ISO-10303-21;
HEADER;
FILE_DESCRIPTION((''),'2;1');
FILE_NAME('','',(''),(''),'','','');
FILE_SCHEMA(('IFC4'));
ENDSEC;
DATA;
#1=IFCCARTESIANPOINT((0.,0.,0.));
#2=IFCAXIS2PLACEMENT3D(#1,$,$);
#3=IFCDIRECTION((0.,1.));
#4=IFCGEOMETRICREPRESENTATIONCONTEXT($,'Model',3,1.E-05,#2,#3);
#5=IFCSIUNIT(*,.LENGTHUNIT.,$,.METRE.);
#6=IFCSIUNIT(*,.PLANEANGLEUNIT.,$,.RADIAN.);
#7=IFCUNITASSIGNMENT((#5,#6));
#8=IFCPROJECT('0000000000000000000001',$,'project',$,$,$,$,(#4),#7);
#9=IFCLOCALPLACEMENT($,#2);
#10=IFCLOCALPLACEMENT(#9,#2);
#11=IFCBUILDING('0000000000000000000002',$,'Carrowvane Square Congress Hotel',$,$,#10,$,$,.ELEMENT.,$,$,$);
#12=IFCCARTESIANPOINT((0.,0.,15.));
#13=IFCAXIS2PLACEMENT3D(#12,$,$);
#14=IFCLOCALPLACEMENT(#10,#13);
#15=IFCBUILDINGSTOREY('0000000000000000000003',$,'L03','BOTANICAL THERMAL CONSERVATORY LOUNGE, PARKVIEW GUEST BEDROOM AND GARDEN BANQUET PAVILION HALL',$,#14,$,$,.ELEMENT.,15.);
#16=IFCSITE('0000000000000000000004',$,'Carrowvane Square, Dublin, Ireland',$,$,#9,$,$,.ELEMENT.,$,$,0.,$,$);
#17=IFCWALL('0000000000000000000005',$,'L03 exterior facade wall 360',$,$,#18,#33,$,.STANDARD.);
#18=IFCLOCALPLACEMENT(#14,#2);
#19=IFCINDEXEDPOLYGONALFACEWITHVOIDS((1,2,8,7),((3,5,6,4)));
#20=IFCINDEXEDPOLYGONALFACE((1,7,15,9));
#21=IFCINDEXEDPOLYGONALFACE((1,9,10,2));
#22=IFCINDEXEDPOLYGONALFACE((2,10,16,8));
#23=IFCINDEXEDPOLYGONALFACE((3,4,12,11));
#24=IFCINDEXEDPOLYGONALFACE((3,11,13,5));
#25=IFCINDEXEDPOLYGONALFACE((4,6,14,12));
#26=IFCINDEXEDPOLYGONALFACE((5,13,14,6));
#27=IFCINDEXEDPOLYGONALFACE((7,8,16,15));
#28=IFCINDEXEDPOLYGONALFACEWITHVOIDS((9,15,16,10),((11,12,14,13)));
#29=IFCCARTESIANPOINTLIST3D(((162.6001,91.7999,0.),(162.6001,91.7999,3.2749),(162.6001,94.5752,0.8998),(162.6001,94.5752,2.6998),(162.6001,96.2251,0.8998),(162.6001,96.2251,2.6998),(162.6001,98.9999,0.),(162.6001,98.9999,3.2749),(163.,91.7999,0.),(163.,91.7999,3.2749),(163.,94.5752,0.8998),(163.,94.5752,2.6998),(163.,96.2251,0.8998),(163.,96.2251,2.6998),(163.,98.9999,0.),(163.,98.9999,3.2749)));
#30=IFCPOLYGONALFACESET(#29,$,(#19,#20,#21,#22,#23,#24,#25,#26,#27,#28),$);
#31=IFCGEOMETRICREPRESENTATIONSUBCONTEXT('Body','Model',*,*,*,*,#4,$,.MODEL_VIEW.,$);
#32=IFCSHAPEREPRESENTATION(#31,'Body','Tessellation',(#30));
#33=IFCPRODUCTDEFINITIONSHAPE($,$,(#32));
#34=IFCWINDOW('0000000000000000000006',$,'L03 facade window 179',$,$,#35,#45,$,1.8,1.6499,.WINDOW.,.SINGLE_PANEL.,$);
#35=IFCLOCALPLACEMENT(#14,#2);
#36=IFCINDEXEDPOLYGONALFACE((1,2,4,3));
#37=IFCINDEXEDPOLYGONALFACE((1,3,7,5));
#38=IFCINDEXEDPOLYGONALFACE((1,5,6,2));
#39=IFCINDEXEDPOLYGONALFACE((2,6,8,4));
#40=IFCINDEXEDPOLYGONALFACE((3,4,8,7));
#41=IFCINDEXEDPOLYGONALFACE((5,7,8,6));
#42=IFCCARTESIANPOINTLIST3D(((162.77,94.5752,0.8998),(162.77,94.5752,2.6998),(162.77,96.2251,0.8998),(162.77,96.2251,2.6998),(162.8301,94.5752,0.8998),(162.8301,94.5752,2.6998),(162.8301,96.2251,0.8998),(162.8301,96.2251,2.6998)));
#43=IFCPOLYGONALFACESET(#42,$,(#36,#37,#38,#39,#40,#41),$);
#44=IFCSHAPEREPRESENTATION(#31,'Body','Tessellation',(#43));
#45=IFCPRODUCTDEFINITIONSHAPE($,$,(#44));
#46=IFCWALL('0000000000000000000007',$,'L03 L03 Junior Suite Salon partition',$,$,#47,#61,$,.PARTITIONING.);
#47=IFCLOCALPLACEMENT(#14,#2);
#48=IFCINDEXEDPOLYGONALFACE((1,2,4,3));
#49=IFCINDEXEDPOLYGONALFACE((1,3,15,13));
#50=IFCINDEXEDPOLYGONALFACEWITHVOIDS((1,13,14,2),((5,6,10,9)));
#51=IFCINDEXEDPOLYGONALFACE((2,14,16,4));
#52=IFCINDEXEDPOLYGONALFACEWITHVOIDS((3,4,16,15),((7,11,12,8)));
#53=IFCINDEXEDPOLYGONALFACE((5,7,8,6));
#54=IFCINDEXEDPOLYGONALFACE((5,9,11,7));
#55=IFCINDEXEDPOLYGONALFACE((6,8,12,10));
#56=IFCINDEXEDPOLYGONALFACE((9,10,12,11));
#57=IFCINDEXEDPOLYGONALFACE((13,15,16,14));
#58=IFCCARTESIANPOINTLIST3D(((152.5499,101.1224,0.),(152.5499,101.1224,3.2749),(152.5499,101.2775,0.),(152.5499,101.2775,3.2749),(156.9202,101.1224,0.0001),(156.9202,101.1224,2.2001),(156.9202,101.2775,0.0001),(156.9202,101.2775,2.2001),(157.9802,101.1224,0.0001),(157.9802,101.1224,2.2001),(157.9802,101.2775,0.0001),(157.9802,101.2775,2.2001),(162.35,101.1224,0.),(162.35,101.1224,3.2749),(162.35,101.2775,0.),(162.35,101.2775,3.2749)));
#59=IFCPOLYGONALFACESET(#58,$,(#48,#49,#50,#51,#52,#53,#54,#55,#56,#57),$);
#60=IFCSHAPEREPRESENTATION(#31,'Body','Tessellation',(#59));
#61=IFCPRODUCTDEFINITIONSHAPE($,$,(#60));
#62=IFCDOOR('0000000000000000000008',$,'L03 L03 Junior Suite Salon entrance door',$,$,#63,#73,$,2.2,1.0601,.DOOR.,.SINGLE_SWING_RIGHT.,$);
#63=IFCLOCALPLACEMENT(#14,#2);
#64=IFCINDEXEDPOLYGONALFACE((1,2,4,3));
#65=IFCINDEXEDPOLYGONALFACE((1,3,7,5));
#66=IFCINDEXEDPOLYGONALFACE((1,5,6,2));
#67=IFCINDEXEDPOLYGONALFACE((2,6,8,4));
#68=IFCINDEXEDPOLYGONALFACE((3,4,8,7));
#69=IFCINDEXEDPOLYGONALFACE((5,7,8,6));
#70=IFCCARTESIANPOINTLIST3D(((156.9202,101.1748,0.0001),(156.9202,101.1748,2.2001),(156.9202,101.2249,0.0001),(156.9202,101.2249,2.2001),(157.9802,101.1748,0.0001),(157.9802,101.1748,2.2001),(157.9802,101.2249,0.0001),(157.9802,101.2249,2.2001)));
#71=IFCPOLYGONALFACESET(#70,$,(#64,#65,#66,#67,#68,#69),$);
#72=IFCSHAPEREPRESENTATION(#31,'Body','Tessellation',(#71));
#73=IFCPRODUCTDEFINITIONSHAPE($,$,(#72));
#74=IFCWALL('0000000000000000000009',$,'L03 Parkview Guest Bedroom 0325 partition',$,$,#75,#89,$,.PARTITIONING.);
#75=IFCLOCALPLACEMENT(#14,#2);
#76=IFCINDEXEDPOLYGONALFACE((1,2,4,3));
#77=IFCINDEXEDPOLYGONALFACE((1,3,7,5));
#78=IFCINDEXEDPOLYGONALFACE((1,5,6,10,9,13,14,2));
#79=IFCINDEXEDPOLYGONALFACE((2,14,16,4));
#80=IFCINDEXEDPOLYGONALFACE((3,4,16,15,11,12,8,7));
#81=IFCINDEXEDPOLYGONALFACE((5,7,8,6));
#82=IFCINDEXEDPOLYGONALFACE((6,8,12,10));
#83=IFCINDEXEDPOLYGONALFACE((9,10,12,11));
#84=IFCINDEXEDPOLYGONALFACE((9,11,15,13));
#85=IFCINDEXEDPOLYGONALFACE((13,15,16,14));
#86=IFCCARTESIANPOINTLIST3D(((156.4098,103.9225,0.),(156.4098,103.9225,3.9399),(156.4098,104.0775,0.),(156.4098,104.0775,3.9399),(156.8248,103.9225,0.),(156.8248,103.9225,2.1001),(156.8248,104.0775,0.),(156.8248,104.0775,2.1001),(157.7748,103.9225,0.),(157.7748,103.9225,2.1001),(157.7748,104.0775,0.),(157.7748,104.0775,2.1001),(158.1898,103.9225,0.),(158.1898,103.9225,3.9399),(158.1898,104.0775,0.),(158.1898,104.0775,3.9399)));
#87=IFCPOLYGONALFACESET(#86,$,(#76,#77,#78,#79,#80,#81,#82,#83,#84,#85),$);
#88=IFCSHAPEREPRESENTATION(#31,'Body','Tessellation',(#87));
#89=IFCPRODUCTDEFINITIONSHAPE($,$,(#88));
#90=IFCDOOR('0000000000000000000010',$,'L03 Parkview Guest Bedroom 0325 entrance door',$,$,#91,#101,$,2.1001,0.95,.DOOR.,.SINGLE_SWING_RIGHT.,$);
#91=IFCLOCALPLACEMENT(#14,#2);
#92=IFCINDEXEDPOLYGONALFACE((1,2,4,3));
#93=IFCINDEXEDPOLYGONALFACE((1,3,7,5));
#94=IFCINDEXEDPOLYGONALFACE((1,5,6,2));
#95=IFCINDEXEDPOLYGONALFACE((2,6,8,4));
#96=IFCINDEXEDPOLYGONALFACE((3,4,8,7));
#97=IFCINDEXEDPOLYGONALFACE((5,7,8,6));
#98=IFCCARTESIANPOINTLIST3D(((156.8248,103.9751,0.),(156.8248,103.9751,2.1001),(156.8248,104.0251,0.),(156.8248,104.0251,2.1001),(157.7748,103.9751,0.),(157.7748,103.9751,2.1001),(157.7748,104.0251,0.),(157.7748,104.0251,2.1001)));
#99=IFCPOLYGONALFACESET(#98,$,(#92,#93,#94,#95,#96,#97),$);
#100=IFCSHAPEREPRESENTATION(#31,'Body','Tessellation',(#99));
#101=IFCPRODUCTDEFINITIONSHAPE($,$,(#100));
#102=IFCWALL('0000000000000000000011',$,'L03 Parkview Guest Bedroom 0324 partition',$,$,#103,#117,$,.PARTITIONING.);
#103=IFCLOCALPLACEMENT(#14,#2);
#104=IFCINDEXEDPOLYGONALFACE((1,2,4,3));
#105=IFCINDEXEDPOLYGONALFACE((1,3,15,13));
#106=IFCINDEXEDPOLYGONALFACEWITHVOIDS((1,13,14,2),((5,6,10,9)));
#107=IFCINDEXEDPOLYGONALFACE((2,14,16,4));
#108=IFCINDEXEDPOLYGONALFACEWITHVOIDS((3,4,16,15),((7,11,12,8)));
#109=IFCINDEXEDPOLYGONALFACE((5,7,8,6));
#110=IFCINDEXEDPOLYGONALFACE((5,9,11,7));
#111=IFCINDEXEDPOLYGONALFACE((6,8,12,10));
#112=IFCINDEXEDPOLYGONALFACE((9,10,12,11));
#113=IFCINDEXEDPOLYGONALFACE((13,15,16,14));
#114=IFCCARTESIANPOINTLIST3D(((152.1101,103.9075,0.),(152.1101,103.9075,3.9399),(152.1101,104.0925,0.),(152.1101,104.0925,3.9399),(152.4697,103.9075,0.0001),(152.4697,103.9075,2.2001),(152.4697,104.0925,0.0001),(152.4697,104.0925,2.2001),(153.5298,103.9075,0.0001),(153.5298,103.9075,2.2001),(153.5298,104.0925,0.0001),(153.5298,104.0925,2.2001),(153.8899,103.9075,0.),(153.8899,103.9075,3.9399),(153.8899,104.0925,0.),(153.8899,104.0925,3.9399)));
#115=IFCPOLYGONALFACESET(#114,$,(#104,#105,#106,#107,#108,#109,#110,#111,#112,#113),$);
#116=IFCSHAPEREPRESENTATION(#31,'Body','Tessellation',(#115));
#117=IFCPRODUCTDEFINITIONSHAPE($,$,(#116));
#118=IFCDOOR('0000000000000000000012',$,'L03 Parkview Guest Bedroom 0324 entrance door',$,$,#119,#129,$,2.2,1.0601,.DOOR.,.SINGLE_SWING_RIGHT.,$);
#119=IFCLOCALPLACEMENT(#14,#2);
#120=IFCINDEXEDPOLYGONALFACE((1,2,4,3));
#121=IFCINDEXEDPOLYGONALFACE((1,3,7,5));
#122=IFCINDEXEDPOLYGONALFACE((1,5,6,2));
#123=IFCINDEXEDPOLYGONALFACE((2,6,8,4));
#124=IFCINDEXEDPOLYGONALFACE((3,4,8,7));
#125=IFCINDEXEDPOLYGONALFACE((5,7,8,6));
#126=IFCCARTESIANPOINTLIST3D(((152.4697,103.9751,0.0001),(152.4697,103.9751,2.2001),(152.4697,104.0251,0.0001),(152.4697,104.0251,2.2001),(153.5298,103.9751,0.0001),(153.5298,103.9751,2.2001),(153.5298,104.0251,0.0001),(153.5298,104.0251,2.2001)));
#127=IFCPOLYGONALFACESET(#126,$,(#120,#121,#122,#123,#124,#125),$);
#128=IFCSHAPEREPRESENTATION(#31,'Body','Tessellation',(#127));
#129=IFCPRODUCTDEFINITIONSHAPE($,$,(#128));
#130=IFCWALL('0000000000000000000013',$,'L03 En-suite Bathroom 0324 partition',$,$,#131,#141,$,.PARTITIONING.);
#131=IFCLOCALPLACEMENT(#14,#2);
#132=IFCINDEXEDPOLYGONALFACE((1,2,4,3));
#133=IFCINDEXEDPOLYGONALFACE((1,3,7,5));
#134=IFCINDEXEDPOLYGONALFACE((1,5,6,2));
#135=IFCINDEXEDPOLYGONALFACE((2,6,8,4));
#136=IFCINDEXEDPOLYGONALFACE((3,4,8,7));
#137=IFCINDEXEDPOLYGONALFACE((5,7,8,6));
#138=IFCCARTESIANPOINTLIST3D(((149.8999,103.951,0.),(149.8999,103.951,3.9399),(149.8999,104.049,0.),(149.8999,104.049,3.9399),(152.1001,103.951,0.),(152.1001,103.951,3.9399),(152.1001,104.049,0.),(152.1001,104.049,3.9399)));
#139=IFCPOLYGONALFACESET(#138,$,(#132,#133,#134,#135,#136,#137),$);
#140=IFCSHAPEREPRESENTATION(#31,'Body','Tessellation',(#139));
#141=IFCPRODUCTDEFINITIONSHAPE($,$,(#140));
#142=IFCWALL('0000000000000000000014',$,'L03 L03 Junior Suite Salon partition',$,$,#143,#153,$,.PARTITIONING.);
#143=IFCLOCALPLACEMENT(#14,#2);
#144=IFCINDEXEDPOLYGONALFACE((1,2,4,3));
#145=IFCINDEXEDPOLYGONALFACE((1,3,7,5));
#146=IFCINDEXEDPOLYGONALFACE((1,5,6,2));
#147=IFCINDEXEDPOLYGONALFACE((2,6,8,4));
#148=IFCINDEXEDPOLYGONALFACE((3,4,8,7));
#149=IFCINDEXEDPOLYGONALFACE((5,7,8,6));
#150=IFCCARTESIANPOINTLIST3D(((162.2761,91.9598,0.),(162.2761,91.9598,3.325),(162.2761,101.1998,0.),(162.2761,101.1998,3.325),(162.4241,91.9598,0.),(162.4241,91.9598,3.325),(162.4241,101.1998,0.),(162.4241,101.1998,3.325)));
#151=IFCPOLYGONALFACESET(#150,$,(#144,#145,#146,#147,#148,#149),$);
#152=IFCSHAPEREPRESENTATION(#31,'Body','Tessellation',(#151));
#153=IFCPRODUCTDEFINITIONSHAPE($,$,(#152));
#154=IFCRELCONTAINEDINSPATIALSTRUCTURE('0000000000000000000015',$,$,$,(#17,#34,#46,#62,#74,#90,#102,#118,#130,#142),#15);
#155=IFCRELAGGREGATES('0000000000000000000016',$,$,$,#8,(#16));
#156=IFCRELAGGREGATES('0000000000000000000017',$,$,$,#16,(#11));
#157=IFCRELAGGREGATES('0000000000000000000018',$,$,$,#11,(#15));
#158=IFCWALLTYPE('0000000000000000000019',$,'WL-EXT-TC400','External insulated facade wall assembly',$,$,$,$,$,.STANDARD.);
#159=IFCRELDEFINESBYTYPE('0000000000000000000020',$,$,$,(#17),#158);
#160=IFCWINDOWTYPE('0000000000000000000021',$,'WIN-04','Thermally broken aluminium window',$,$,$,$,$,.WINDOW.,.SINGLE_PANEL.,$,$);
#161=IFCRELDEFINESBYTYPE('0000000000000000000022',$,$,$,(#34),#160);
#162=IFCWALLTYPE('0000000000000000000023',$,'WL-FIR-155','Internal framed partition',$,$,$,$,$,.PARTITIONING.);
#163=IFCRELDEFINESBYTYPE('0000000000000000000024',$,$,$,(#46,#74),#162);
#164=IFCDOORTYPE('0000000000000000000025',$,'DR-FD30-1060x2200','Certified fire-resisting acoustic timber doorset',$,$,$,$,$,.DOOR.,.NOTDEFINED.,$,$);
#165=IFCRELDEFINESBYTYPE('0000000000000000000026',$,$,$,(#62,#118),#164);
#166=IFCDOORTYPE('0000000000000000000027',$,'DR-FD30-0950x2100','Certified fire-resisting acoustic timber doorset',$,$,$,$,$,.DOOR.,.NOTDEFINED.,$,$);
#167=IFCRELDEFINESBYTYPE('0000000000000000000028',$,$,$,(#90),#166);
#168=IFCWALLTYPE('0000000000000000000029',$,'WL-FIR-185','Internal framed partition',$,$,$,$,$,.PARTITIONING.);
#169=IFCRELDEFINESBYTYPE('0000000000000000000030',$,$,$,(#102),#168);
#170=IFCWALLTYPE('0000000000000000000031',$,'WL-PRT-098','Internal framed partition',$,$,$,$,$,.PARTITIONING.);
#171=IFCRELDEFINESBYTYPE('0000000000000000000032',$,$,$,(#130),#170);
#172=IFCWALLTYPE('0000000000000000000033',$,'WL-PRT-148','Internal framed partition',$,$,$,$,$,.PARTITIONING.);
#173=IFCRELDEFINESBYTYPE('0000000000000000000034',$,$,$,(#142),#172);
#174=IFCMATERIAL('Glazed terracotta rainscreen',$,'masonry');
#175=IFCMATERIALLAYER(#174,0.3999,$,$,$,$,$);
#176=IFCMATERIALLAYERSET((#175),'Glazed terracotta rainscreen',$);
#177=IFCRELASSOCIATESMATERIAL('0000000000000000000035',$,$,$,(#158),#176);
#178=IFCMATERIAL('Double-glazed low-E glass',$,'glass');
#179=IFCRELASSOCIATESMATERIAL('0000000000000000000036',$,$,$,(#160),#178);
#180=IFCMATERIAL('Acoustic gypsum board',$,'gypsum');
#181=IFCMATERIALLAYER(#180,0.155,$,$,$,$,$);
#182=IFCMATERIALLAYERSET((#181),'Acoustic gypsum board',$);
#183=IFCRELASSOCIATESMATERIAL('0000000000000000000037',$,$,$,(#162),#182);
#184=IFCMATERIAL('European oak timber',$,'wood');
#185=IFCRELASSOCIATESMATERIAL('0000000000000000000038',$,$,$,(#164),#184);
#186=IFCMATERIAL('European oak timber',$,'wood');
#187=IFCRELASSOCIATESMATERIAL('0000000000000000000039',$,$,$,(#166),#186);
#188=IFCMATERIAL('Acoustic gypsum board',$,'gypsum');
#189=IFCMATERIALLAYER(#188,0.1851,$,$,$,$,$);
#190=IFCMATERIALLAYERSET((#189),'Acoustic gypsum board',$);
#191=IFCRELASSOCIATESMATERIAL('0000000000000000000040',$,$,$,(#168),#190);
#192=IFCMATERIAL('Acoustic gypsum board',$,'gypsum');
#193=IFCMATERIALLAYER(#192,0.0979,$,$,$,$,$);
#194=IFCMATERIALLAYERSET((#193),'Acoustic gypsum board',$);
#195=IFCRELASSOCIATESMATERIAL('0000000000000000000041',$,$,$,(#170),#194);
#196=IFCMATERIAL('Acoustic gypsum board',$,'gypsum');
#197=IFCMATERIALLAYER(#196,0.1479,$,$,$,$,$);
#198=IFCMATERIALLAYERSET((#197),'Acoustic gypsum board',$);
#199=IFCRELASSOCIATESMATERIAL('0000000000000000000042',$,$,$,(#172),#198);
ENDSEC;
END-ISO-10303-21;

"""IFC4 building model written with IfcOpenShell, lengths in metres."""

from ifc_helpers import new_model, si_unit, direction, frame, frame_2d, origin, place, context, subcontext, project, spatial, rectangle, extrude, material, layer, layer_set, type_object, element, fill, save


model = new_model("IFC4")

# Units and contexts
model_context = context("Model", 3, precision=1e-05, world=origin(), true_north=direction((0.0, 1.0)))
body_context = subcontext(model_context, "Body", "Model", "MODEL_VIEW")
ifc_project = project(units=[si_unit("LENGTHUNIT", "METRE"), si_unit("PLANEANGLEUNIT", "RADIAN")], contexts=[model_context])

# Site, building, storey
site_placement = place(None, origin())
site = spatial("IfcSite", under=ifc_project, at=site_placement, Name="Carrowvane Square, Dublin, Ireland", CompositionType="ELEMENT", RefElevation=0.0)
building_placement = place(site_placement, origin())
building = spatial("IfcBuilding", under=site, at=building_placement, Name="Carrowvane Square Congress Hotel", CompositionType="ELEMENT")
storey_placement = place(building_placement, frame((0.0, 0.0, 15.0)))
storey = spatial("IfcBuildingStorey", under=building, at=storey_placement, Name="L03", Description="BOTANICAL THERMAL CONSERVATORY LOUNGE, PARKVIEW GUEST BEDROOM AND GARDEN BANQUET PAVILION HALL", CompositionType="ELEMENT", Elevation=15.0)

# Wall, opening, window
ifc_material_1 = material(Name="Glazed terracotta rainscreen", Category="masonry")
ifc_layer_1 = layer(ifc_material_1, 0.3999)
ifc_layer_set_1 = layer_set([ifc_layer_1], Name="Glazed terracotta rainscreen")
wall_type_1 = type_object("IfcWallType", Name="WL-EXT-TC400", Description="External insulated facade wall assembly", PredefinedType="STANDARD", material=ifc_layer_set_1)
wall_1_placement = place(storey_placement, frame((162.8, 99.0, 0.0), z_axis=(0.0, 0.0, 1.0), x_axis=(0.0, -1.0, 0.0)))
wall_1 = element("IfcWall", 1, at=wall_1_placement, inside=storey, type_object=wall_type_1, Name="L03 exterior facade wall 360", PredefinedType="STANDARD", context=body_context, shape_type="SweptSolid", body=[
    extrude(rectangle(XDim=7.2, YDim=0.3999, at=frame_2d((3.6001, 0.0))), origin(), (0.0, 0.0, 1.0), 3.2749),
])
opening_1_placement = place(wall_1_placement, frame((2.7749, 0.0, 0.8999)))
opening_1 = element("IfcOpeningElement", 2, at=opening_1_placement, cuts=wall_1, PredefinedType="OPENING", context=body_context, shape_type="SweptSolid", body=[
    extrude(rectangle(XDim=1.6499, YDim=1.8, at=frame_2d((0.825, 0.8999))), frame((0.0, 0.21, 0.0), z_axis=(0.0, -1.0, 0.0), x_axis=(1.0, 0.0, 0.0)), (0.0, 0.0, 1.0), 0.4199),
])
ifc_material_2 = material(Name="Double-glazed low-E glass", Category="glass")
window_type = type_object("IfcWindowType", Name="WIN-04", Description="Thermally broken aluminium window", PartitioningType="SINGLE_PANEL", PredefinedType="WINDOW", material=ifc_material_2)
window_placement = place(opening_1_placement, origin())
window = element("IfcWindow", 3, at=window_placement, inside=storey, type_object=window_type, Name="L03 facade window 179", OverallHeight=1.8, OverallWidth=1.6499, PartitioningType="SINGLE_PANEL", PredefinedType="WINDOW", context=body_context, shape_type="SweptSolid", body=[
    extrude(rectangle(XDim=1.6499, YDim=1.8, at=frame_2d((0.825, 0.8999))), frame((0.0, 0.03, 0.0), z_axis=(0.0, -1.0, 0.0), x_axis=(1.0, 0.0, 0.0)), (0.0, 0.0, 1.0), 0.0601),
])
fill(opening_1, window)

# Walls, openings, doors
ifc_material_3 = material(Name="Acoustic gypsum board", Category="gypsum")
ifc_layer_2 = layer(ifc_material_3, 0.155)
ifc_layer_set_2 = layer_set([ifc_layer_2], Name="Acoustic gypsum board")
wall_type_2 = type_object("IfcWallType", Name="WL-FIR-155", Description="Internal framed partition", PredefinedType="PARTITIONING", material=ifc_layer_set_2)
wall_2_placement = place(storey_placement, frame((152.55, 101.2, 0.0), z_axis=(0.0, 0.0, 1.0), x_axis=(1.0, 0.0, 0.0)))
wall_2 = element("IfcWall", 4, at=wall_2_placement, inside=storey, type_object=wall_type_2, Name="L03 L03 Junior Suite Salon partition", PredefinedType="PARTITIONING", context=body_context, shape_type="SweptSolid", body=[
    extrude(rectangle(XDim=9.8, YDim=0.155, at=frame_2d((4.8999, 0.0))), origin(), (0.0, 0.0, 1.0), 3.2749),
])
opening_2_placement = place(wall_2_placement, frame((4.3701, 0.0, 0.0)))
opening_2 = element("IfcOpeningElement", 5, at=opening_2_placement, cuts=wall_2, PredefinedType="OPENING", context=body_context, shape_type="SweptSolid", body=[
    extrude(rectangle(XDim=1.0601, YDim=2.2, at=frame_2d((0.53, 1.1001))), frame((0.0, 0.0874, 0.0), z_axis=(0.0, -1.0, 0.0), x_axis=(1.0, 0.0, 0.0)), (0.0, 0.0, 1.0), 0.175),
])
ifc_material_4 = material(Name="European oak timber", Category="wood")
door_type_1 = type_object("IfcDoorType", Name="DR-FD30-1060x2200", Description="Certified fire-resisting acoustic timber doorset", OperationType="NOTDEFINED", PredefinedType="DOOR", material=ifc_material_4)
door_1_placement = place(opening_2_placement, origin())
door_1 = element("IfcDoor", 6, at=door_1_placement, inside=storey, type_object=door_type_1, Name="L03 L03 Junior Suite Salon entrance door", OperationType="SINGLE_SWING_RIGHT", OverallHeight=2.2, OverallWidth=1.0601, PredefinedType="DOOR", context=body_context, shape_type="SweptSolid", body=[
    extrude(rectangle(XDim=1.0601, YDim=2.2, at=frame_2d((0.53, 1.1001))), frame((0.0, 0.0249, 0.0), z_axis=(0.0, -1.0, 0.0), x_axis=(1.0, 0.0, 0.0)), (0.0, 0.0, 1.0), 0.05),
])
fill(opening_2, door_1)
wall_3_placement = place(storey_placement, frame((158.1899, 104.0, 0.0), z_axis=(0.0, 0.0, 1.0), x_axis=(-1.0, 0.0, 0.0)))
wall_3 = element("IfcWall", 7, at=wall_3_placement, inside=storey, type_object=wall_type_2, Name="L03 Parkview Guest Bedroom 0325 partition", PredefinedType="PARTITIONING", context=body_context, shape_type="SweptSolid", body=[
    extrude(rectangle(XDim=1.78, YDim=0.155, at=frame_2d((0.8901, 0.0))), origin(), (0.0, 0.0, 1.0), 3.9399),
])
opening_3_placement = place(wall_3_placement, frame((0.415, 0.0, 0.0)))
opening_3 = element("IfcOpeningElement", 8, at=opening_3_placement, cuts=wall_3, PredefinedType="OPENING", context=body_context, shape_type="SweptSolid", body=[
    extrude(rectangle(XDim=0.95, YDim=2.1001, at=frame_2d((0.4751, 1.05))), frame((0.0, 0.0874, 0.0), z_axis=(0.0, -1.0, 0.0), x_axis=(1.0, 0.0, 0.0)), (0.0, 0.0, 1.0), 0.175),
])
ifc_material_5 = material(Name="European oak timber", Category="wood")
door_type_2 = type_object("IfcDoorType", Name="DR-FD30-0950x2100", Description="Certified fire-resisting acoustic timber doorset", OperationType="NOTDEFINED", PredefinedType="DOOR", material=ifc_material_5)
door_2_placement = place(opening_3_placement, origin())
door_2 = element("IfcDoor", 9, at=door_2_placement, inside=storey, type_object=door_type_2, Name="L03 Parkview Guest Bedroom 0325 entrance door", OperationType="SINGLE_SWING_RIGHT", OverallHeight=2.1001, OverallWidth=0.95, PredefinedType="DOOR", context=body_context, shape_type="SweptSolid", body=[
    extrude(rectangle(XDim=0.95, YDim=2.1001, at=frame_2d((0.4751, 1.05))), frame((0.0, 0.0249, 0.0), z_axis=(0.0, -1.0, 0.0), x_axis=(1.0, 0.0, 0.0)), (0.0, 0.0, 1.0), 0.05),
])
fill(opening_3, door_2)
ifc_material_6 = material(Name="Acoustic gypsum board", Category="gypsum")
ifc_layer_3 = layer(ifc_material_6, 0.1851)
ifc_layer_set_3 = layer_set([ifc_layer_3], Name="Acoustic gypsum board")
wall_type_3 = type_object("IfcWallType", Name="WL-FIR-185", Description="Internal framed partition", PredefinedType="PARTITIONING", material=ifc_layer_set_3)
wall_4_placement = place(storey_placement, frame((153.8899, 104.0, 0.0), z_axis=(0.0, 0.0, 1.0), x_axis=(-1.0, 0.0, 0.0)))
wall_4 = element("IfcWall", 10, at=wall_4_placement, inside=storey, type_object=wall_type_3, Name="L03 Parkview Guest Bedroom 0324 partition", PredefinedType="PARTITIONING", context=body_context, shape_type="SweptSolid", body=[
    extrude(rectangle(XDim=1.7798, YDim=0.1851, at=frame_2d((0.8899, 0.0))), origin(), (0.0, 0.0, 1.0), 3.9399),
])
opening_4_placement = place(wall_4_placement, frame((0.3601, 0.0, 0.0)))
opening_4 = element("IfcOpeningElement", 11, at=opening_4_placement, cuts=wall_4, PredefinedType="OPENING", context=body_context, shape_type="SweptSolid", body=[
    extrude(rectangle(XDim=1.0601, YDim=2.2, at=frame_2d((0.53, 1.1001))), frame((0.0, 0.1025, 0.0), z_axis=(0.0, -1.0, 0.0), x_axis=(1.0, 0.0, 0.0)), (0.0, 0.0, 1.0), 0.2051),
])
door_3_placement = place(opening_4_placement, origin())
door_3 = element("IfcDoor", 12, at=door_3_placement, inside=storey, type_object=door_type_1, Name="L03 Parkview Guest Bedroom 0324 entrance door", OperationType="SINGLE_SWING_RIGHT", OverallHeight=2.2, OverallWidth=1.0601, PredefinedType="DOOR", context=body_context, shape_type="SweptSolid", body=[
    extrude(rectangle(XDim=1.0601, YDim=2.2, at=frame_2d((0.53, 1.1001))), frame((0.0, 0.0249, 0.0), z_axis=(0.0, -1.0, 0.0), x_axis=(1.0, 0.0, 0.0)), (0.0, 0.0, 1.0), 0.05),
])
fill(opening_4, door_3)

# Wall
ifc_material_7 = material(Name="Acoustic gypsum board", Category="gypsum")
ifc_layer_4 = layer(ifc_material_7, 0.0979)
ifc_layer_set_4 = layer_set([ifc_layer_4], Name="Acoustic gypsum board")
wall_type_4 = type_object("IfcWallType", Name="WL-PRT-098", Description="Internal framed partition", PredefinedType="PARTITIONING", material=ifc_layer_set_4)
wall_5_placement = place(storey_placement, frame((152.1001, 104.0, 0.0), z_axis=(0.0, 0.0, 1.0), x_axis=(-1.0, 0.0, 0.0)))
element("IfcWall", 13, at=wall_5_placement, inside=storey, type_object=wall_type_4, Name="L03 En-suite Bathroom 0324 partition", PredefinedType="PARTITIONING", context=body_context, shape_type="SweptSolid", body=[
    extrude(rectangle(XDim=2.2002, YDim=0.0979, at=frame_2d((1.1001, 0.0))), origin(), (0.0, 0.0, 1.0), 3.9399),
])

# Wall
ifc_material_8 = material(Name="Acoustic gypsum board", Category="gypsum")
ifc_layer_5 = layer(ifc_material_8, 0.1479)
ifc_layer_set_5 = layer_set([ifc_layer_5], Name="Acoustic gypsum board")
wall_type_5 = type_object("IfcWallType", Name="WL-PRT-148", Description="Internal framed partition", PredefinedType="PARTITIONING", material=ifc_layer_set_5)
wall_6_placement = place(storey_placement, frame((162.3501, 101.2, 0.0), z_axis=(0.0, 0.0, 1.0), x_axis=(0.0, -1.0, 0.0)))
element("IfcWall", 14, at=wall_6_placement, inside=storey, type_object=wall_type_5, Name="L03 L03 Junior Suite Salon partition", PredefinedType="PARTITIONING", context=body_context, shape_type="SweptSolid", body=[
    extrude(rectangle(XDim=9.24, YDim=0.1479, at=frame_2d((4.6201, 0.0))), origin(), (0.0, 0.0, 1.0), 3.325),
])

save(model, "model.ifc")
